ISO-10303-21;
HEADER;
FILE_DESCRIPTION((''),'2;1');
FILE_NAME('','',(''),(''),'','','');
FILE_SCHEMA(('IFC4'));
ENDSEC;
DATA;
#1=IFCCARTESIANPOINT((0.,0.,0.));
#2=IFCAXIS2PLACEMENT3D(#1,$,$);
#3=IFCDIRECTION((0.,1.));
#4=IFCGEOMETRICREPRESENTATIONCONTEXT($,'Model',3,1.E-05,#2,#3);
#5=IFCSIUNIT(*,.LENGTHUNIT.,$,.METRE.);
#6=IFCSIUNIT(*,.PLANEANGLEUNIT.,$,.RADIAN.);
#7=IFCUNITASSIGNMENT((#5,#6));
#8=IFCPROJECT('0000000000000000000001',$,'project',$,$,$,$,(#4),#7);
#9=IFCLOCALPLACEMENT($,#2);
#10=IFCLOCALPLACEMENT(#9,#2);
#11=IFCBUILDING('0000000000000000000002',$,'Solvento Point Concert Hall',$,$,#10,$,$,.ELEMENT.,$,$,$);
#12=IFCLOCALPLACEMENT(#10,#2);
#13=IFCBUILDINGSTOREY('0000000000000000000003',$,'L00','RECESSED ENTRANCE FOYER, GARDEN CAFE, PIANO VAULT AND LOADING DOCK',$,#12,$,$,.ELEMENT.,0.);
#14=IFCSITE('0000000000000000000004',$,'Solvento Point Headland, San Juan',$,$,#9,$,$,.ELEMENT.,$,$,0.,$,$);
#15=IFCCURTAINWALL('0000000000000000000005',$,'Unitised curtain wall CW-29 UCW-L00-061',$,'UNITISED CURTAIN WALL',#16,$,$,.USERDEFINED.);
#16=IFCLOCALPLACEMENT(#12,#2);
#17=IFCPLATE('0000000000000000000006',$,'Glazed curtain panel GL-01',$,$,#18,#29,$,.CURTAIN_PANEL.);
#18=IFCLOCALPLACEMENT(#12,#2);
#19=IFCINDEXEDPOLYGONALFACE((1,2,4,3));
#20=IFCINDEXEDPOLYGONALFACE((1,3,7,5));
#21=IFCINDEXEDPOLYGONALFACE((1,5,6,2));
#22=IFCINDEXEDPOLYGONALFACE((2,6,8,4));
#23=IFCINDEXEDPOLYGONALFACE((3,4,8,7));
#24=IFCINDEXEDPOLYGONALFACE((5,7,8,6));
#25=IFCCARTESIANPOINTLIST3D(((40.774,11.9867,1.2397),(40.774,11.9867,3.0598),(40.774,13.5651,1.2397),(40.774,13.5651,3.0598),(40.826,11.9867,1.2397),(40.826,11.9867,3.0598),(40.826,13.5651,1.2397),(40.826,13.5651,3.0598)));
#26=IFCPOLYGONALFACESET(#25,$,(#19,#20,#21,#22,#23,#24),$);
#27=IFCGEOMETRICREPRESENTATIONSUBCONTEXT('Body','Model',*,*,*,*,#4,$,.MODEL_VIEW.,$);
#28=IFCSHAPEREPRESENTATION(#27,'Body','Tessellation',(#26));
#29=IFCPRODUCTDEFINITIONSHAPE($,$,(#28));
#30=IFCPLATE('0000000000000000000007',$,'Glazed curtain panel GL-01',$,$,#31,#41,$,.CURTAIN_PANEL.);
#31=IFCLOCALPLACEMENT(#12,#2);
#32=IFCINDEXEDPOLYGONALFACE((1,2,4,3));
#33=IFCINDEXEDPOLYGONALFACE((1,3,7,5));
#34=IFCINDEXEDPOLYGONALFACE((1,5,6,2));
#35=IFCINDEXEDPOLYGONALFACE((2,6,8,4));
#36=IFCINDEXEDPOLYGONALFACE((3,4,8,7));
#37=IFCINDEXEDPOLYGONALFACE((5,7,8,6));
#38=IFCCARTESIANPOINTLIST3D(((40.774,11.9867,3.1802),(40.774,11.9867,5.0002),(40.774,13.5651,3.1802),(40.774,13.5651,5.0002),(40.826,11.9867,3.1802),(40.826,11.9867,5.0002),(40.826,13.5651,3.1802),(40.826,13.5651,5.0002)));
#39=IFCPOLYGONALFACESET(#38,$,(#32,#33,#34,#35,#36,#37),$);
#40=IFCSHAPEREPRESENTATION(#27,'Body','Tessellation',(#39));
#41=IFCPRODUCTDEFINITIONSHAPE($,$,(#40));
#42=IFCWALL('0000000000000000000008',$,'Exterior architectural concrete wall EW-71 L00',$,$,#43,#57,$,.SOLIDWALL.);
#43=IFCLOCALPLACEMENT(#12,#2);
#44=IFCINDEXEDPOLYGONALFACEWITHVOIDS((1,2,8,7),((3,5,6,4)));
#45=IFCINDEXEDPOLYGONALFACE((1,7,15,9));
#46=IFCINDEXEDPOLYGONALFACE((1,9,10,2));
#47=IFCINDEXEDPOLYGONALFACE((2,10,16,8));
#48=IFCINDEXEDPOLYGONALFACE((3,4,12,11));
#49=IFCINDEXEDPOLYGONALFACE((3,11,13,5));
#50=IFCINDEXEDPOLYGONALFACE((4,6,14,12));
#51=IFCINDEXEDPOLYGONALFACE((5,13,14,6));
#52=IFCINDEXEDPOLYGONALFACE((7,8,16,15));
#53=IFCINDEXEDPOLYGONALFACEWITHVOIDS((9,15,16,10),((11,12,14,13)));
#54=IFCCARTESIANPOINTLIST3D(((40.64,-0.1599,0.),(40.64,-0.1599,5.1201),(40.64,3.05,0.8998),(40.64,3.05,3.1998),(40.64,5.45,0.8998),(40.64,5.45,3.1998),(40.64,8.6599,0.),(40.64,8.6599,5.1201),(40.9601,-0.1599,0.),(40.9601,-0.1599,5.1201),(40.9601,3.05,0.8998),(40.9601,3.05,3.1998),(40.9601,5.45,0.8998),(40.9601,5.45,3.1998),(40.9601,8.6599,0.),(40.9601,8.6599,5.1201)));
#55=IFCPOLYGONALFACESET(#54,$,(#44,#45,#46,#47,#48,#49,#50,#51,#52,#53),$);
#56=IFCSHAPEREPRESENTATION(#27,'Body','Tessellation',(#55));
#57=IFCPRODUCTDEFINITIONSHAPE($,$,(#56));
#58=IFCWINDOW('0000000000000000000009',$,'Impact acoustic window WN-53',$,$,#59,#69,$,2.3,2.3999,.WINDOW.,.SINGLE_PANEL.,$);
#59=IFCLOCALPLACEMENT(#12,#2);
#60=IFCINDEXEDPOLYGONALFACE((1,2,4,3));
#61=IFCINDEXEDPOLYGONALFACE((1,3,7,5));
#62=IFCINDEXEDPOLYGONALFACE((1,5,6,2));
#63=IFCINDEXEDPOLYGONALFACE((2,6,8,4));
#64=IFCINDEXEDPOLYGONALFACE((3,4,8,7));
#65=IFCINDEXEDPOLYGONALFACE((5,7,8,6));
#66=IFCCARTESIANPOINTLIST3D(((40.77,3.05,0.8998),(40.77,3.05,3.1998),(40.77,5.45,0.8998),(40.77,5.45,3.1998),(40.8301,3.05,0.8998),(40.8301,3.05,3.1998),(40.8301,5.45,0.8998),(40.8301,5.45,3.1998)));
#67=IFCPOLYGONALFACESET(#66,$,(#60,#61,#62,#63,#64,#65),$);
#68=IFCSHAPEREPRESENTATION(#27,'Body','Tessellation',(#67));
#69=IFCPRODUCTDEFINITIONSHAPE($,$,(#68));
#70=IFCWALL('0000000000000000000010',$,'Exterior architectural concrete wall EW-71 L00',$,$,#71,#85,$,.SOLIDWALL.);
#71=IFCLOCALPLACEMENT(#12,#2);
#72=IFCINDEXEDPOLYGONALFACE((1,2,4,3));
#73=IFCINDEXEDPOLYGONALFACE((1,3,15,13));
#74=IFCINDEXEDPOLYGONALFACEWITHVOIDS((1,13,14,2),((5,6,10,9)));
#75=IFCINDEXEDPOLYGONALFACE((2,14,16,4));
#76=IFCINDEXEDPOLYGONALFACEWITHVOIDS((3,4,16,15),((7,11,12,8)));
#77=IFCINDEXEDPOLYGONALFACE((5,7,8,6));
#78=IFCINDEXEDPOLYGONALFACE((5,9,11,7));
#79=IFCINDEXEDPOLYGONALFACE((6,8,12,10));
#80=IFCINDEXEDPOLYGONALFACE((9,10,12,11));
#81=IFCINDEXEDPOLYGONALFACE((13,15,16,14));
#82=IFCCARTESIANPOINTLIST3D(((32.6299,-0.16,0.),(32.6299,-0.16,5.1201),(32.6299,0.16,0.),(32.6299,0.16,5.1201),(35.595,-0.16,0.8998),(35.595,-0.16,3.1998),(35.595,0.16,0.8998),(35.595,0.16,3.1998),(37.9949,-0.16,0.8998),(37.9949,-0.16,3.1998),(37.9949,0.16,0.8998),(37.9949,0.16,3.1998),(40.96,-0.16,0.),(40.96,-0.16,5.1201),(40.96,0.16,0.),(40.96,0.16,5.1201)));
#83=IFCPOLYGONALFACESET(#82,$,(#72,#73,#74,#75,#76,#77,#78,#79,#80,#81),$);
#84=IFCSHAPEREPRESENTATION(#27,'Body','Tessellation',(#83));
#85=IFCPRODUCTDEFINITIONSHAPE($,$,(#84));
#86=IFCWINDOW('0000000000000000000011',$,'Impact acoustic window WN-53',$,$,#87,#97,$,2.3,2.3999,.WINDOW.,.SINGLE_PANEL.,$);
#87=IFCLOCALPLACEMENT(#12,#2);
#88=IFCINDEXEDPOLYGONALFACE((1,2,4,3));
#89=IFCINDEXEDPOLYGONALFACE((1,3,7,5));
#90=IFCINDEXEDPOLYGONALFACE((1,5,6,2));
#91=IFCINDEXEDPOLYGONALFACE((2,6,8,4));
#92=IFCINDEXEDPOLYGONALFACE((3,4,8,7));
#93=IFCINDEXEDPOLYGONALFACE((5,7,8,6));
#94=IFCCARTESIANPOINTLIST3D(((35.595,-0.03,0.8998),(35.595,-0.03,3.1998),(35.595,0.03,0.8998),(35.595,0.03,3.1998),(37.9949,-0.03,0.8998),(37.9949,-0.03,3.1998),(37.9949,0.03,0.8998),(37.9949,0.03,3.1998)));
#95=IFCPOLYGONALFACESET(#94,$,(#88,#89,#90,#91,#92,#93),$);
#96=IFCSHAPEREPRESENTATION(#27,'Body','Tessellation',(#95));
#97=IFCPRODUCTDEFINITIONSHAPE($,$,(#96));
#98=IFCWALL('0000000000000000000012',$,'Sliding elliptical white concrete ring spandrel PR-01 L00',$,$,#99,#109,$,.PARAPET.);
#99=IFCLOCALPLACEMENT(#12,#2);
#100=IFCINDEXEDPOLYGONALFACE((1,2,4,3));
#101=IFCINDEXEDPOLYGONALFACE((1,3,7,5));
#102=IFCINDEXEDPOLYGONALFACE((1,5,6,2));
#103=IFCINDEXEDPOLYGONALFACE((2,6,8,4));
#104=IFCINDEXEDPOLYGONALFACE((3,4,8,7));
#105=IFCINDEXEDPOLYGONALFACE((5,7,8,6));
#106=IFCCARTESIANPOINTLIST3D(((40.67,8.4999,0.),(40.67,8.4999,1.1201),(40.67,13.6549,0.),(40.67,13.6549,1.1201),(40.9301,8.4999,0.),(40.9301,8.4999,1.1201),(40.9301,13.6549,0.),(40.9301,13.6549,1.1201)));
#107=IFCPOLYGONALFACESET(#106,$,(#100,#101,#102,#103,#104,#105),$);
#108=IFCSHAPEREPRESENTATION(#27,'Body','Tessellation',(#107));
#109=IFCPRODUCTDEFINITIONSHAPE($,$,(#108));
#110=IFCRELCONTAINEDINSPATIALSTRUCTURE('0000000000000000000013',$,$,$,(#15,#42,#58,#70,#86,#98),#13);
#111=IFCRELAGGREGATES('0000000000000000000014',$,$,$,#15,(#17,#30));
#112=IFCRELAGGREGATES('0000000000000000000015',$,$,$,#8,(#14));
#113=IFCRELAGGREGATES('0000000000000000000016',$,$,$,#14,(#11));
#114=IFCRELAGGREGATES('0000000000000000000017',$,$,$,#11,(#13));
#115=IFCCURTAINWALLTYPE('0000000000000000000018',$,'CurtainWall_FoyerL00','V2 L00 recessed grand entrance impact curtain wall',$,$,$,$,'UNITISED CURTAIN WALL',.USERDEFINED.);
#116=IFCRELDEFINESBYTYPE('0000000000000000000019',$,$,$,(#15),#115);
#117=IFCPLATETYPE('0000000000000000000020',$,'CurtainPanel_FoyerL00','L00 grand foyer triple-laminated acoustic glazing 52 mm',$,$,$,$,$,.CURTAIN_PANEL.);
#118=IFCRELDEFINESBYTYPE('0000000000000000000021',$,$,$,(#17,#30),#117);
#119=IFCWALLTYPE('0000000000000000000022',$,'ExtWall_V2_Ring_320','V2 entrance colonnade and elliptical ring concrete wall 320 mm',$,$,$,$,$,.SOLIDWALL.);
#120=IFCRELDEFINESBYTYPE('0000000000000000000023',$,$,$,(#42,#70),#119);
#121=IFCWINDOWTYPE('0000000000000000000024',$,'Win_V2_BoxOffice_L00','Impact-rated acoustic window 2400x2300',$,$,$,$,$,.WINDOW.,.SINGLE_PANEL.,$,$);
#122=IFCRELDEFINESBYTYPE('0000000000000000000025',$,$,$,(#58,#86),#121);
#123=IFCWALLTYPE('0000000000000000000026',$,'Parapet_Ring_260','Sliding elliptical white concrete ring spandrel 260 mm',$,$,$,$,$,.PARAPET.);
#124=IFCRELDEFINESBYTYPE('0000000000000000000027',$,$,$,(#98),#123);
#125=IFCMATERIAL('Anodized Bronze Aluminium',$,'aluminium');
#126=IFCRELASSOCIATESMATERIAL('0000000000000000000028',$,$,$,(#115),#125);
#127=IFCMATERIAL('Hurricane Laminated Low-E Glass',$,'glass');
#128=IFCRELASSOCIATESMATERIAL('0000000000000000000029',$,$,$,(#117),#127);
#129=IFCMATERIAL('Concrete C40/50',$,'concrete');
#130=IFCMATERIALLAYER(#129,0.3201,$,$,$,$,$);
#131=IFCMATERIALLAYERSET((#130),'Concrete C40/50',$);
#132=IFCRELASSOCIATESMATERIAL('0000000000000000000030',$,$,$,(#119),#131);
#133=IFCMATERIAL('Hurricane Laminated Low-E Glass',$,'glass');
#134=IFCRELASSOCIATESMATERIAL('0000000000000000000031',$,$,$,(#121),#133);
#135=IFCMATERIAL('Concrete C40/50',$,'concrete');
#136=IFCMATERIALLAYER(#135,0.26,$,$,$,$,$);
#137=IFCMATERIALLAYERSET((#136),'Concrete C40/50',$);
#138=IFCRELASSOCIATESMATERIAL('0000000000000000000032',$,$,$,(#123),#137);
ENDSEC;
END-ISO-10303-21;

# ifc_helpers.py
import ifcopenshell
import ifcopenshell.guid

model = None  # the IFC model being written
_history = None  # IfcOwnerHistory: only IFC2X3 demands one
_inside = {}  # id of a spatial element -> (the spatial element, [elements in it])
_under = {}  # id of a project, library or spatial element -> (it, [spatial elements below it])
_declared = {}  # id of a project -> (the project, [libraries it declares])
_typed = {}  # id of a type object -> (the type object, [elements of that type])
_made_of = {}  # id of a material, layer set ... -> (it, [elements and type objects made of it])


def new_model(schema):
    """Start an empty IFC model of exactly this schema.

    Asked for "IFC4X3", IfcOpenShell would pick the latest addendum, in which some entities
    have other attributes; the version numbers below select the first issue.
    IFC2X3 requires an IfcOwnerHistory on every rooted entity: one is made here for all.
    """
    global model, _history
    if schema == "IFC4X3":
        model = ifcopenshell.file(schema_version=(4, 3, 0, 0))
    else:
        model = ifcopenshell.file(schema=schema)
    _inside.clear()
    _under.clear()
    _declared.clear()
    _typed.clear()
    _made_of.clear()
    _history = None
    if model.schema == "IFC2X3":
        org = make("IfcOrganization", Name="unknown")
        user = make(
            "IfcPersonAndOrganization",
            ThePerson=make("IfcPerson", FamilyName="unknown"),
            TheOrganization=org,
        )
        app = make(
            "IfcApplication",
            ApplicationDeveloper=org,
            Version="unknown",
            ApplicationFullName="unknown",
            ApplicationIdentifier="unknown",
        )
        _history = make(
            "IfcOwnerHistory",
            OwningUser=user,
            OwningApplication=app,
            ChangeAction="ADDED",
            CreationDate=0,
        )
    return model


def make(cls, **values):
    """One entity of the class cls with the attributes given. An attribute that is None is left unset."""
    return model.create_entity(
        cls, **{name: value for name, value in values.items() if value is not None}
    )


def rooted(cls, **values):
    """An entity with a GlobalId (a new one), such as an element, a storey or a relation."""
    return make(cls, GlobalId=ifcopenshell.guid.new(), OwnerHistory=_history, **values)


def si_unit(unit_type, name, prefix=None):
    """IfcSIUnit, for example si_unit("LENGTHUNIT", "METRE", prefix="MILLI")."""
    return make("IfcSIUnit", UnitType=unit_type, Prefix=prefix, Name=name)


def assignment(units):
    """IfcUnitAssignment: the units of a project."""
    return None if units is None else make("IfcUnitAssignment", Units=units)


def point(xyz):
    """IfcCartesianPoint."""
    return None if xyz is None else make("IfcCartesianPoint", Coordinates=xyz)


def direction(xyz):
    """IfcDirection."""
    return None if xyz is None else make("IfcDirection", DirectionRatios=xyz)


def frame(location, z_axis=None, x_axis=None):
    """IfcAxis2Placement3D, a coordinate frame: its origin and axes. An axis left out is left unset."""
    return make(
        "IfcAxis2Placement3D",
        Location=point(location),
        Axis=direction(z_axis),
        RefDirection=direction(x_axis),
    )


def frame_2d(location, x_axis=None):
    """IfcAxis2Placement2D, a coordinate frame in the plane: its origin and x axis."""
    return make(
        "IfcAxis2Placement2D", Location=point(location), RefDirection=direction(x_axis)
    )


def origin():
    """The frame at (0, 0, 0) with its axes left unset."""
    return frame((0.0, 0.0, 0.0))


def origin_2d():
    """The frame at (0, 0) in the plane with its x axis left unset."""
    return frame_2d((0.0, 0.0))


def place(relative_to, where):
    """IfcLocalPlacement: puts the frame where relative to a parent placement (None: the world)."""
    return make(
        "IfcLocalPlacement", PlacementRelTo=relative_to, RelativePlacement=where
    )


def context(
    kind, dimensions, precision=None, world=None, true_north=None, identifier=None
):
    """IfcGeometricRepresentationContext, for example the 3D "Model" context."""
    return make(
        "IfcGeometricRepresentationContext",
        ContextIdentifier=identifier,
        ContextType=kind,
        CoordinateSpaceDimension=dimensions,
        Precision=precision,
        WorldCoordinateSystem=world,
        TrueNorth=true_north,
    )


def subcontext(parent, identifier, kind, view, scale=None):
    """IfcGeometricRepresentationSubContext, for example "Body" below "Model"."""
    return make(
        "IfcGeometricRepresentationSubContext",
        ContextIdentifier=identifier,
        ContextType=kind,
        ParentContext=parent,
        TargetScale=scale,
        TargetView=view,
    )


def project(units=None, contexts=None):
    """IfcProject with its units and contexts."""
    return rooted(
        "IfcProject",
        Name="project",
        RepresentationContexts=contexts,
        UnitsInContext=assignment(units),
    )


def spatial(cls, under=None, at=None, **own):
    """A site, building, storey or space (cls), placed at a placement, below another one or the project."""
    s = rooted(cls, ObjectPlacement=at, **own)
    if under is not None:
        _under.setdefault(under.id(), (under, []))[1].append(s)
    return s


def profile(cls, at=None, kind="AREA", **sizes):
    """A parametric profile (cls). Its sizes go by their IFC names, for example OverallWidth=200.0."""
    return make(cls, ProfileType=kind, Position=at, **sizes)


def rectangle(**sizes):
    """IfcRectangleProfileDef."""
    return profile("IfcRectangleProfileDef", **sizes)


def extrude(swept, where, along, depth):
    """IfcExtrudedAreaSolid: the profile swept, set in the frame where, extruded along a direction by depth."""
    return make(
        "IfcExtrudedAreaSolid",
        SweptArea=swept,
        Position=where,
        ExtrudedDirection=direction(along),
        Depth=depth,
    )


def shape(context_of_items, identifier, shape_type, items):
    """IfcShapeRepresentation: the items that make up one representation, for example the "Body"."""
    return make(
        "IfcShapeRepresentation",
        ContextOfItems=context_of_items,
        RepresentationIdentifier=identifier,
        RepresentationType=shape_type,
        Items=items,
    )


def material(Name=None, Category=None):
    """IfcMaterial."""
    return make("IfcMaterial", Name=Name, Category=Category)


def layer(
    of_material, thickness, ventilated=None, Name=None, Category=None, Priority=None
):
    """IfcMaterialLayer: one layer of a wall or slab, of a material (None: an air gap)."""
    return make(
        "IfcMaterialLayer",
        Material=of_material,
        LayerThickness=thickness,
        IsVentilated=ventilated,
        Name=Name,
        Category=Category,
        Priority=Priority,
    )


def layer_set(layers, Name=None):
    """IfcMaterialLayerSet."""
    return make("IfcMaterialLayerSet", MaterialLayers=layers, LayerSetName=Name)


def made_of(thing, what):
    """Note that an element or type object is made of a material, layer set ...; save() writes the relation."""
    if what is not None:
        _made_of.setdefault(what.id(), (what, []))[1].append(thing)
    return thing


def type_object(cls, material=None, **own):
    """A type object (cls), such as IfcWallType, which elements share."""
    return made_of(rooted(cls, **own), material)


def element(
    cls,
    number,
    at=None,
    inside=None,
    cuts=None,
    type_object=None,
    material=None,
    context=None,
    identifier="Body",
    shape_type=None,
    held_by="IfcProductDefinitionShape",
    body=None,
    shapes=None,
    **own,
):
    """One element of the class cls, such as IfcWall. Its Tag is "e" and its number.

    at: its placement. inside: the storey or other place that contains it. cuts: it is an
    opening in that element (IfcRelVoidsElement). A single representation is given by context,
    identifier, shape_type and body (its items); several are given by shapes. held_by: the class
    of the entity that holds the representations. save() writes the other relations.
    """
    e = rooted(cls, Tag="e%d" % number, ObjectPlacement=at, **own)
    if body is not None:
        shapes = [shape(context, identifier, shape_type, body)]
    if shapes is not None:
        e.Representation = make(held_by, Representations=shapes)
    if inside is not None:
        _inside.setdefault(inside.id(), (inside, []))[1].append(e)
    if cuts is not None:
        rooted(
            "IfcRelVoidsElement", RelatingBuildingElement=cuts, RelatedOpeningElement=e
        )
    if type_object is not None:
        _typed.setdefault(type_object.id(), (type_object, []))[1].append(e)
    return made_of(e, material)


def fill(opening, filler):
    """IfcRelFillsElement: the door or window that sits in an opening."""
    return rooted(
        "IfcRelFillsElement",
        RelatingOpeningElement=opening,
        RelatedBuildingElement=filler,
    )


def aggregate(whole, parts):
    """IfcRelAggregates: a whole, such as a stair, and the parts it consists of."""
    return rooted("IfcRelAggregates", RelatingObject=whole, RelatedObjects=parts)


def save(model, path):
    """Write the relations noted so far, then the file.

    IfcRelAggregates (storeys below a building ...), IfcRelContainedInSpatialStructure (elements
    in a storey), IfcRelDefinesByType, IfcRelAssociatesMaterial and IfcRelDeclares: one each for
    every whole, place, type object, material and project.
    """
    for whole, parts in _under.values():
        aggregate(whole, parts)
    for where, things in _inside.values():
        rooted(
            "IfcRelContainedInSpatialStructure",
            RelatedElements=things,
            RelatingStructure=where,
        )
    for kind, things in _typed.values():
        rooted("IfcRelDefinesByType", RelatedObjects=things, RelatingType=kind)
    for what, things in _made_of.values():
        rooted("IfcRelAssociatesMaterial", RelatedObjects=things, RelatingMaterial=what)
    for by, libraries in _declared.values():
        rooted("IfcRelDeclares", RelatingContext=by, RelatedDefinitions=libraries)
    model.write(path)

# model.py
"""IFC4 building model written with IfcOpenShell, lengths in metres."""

from ifc_helpers import new_model, si_unit, direction, frame, frame_2d, origin, origin_2d, place, context, subcontext, project, spatial, rectangle, extrude, material, layer, layer_set, type_object, element, fill, aggregate, save


model = new_model("IFC4")

# Units and contexts
model_context = context("Model", 3, precision=1e-05, world=origin(), true_north=direction((0.0, 1.0)))
body_context = subcontext(model_context, "Body", "Model", "MODEL_VIEW")
ifc_project = project(units=[si_unit("LENGTHUNIT", "METRE"), si_unit("PLANEANGLEUNIT", "RADIAN")], contexts=[model_context])

# Site, building, storey
site_placement = place(None, origin())
site = spatial("IfcSite", under=ifc_project, at=site_placement, Name="Solvento Point Headland, San Juan", CompositionType="ELEMENT", RefElevation=0.0)
building_placement = place(site_placement, origin())
building = spatial("IfcBuilding", under=site, at=building_placement, Name="Solvento Point Concert Hall", CompositionType="ELEMENT")
storey_placement = place(building_placement, origin())
storey = spatial("IfcBuildingStorey", under=building, at=storey_placement, Name="L00", Description="RECESSED ENTRANCE FOYER, GARDEN CAFE, PIANO VAULT AND LOADING DOCK", CompositionType="ELEMENT", Elevation=0.0)

# Curtain wall
ifc_material_1 = material(Name="Anodized Bronze Aluminium", Category="aluminium")
curtain_wall_type = type_object("IfcCurtainWallType", Name="CurtainWall_FoyerL00", Description="V2 L00 recessed grand entrance impact curtain wall", ElementType="UNITISED CURTAIN WALL", PredefinedType="USERDEFINED", material=ifc_material_1)
curtain_wall_1_placement = place(storey_placement, origin())
curtain_wall_1 = element("IfcCurtainWall", 1, at=curtain_wall_1_placement, inside=storey, type_object=curtain_wall_type, Name="Unitised curtain wall CW-29 UCW-L00-061", ObjectType="UNITISED CURTAIN WALL", PredefinedType="USERDEFINED")

# Shared definitions
ifc_material_2 = material(Name="Hurricane Laminated Low-E Glass", Category="glass")
plate_type = type_object("IfcPlateType", Name="CurtainPanel_FoyerL00", Description="L00 grand foyer triple-laminated acoustic glazing 52 mm", PredefinedType="CURTAIN_PANEL", material=ifc_material_2)

# Plates
plate_1_placement = place(storey_placement, frame((40.8, 12.7759, 1.2397), z_axis=(0.0, 0.0, 1.0), x_axis=(0.0, 1.0, 0.0)))
plate_1 = element("IfcPlate", 2, at=plate_1_placement, type_object=plate_type, Name="Glazed curtain panel GL-01", PredefinedType="CURTAIN_PANEL", context=body_context, shape_type="SweptSolid", body=[
    extrude(rectangle(XDim=1.5784, YDim=0.052, at=origin_2d()), origin(), (0.0, 0.0, 1.0), 1.8201),
])
plate_2_placement = place(storey_placement, frame((40.8, 12.7759, 3.1802), z_axis=(0.0, 0.0, 1.0), x_axis=(0.0, 1.0, 0.0)))
plate_2 = element("IfcPlate", 3, at=plate_2_placement, type_object=plate_type, Name="Glazed curtain panel GL-01", PredefinedType="CURTAIN_PANEL", context=body_context, shape_type="SweptSolid", body=[
    extrude(rectangle(XDim=1.5784, YDim=0.052, at=origin_2d()), origin(), (0.0, 0.0, 1.0), 1.8201),
])
aggregate(curtain_wall_1, [plate_1, plate_2])

# Walls, openings, windows
ifc_material_3 = material(Name="Concrete C40/50", Category="concrete")
ifc_layer_1 = layer(ifc_material_3, 0.3201)
ifc_layer_set_1 = layer_set([ifc_layer_1], Name="Concrete C40/50")
wall_type_1 = type_object("IfcWallType", Name="ExtWall_V2_Ring_320", Description="V2 entrance colonnade and elliptical ring concrete wall 320 mm", PredefinedType="SOLIDWALL", material=ifc_layer_set_1)
wall_1_placement = place(storey_placement, frame((40.8, 8.6599, 0.0), z_axis=(0.0, 0.0, 1.0), x_axis=(0.0, -1.0, 0.0)))
wall_1 = element("IfcWall", 4, at=wall_1_placement, inside=storey, type_object=wall_type_1, Name="Exterior architectural concrete wall EW-71 L00", PredefinedType="SOLIDWALL", context=body_context, shape_type="SweptSolid", body=[
    extrude(rectangle(XDim=8.8198, YDim=0.3201, at=frame_2d((4.4099, 0.0))), origin(), (0.0, 0.0, 1.0), 5.1201),
])
opening_1_placement = place(wall_1_placement, frame((3.21, 0.0, 0.8999)))
opening_1 = element("IfcOpeningElement", 5, at=opening_1_placement, cuts=wall_1, PredefinedType="OPENING", context=body_context, shape_type="SweptSolid", body=[
    extrude(rectangle(XDim=2.3999, YDim=2.3, at=frame_2d((1.2, 1.1499))), frame((0.0, 0.1699, 0.0), z_axis=(0.0, -1.0, 0.0), x_axis=(1.0, 0.0, 0.0)), (0.0, 0.0, 1.0), 0.3401),
])
ifc_material_4 = material(Name="Hurricane Laminated Low-E Glass", Category="glass")
window_type = type_object("IfcWindowType", Name="Win_V2_BoxOffice_L00", Description="Impact-rated acoustic window 2400x2300", PartitioningType="SINGLE_PANEL", PredefinedType="WINDOW", material=ifc_material_4)
window_1_placement = place(opening_1_placement, origin())
window_1 = element("IfcWindow", 6, at=window_1_placement, inside=storey, type_object=window_type, Name="Impact acoustic window WN-53", OverallHeight=2.3, OverallWidth=2.3999, PartitioningType="SINGLE_PANEL", PredefinedType="WINDOW", context=body_context, shape_type="SweptSolid", body=[
    extrude(rectangle(XDim=2.3999, YDim=2.3, at=frame_2d((1.2, 1.1499))), frame((0.0, 0.03, 0.0), z_axis=(0.0, -1.0, 0.0), x_axis=(1.0, 0.0, 0.0)), (0.0, 0.0, 1.0), 0.0601),
])
fill(opening_1, window_1)
wall_2_placement = place(storey_placement, frame((40.96, 0.0, 0.0), z_axis=(0.0, 0.0, 1.0), x_axis=(-1.0, 0.0, 0.0)))
wall_2 = element("IfcWall", 7, at=wall_2_placement, inside=storey, type_object=wall_type_1, Name="Exterior architectural concrete wall EW-71 L00", PredefinedType="SOLIDWALL", context=body_context, shape_type="SweptSolid", body=[
    extrude(rectangle(XDim=8.3301, YDim=0.3201, at=frame_2d((4.165, 0.0))), origin(), (0.0, 0.0, 1.0), 5.1201),
])
opening_2_placement = place(wall_2_placement, frame((2.9651, 0.0, 0.8999)))
opening_2 = element("IfcOpeningElement", 8, at=opening_2_placement, cuts=wall_2, PredefinedType="OPENING", context=body_context, shape_type="SweptSolid", body=[
    extrude(rectangle(XDim=2.3999, YDim=2.3, at=frame_2d((1.2, 1.1499))), frame((0.0, 0.1699, 0.0), z_axis=(0.0, -1.0, 0.0), x_axis=(1.0, 0.0, 0.0)), (0.0, 0.0, 1.0), 0.3401),
])
window_2_placement = place(opening_2_placement, origin())
window_2 = element("IfcWindow", 9, at=window_2_placement, inside=storey, type_object=window_type, Name="Impact acoustic window WN-53", OverallHeight=2.3, OverallWidth=2.3999, PartitioningType="SINGLE_PANEL", PredefinedType="WINDOW", context=body_context, shape_type="SweptSolid", body=[
    extrude(rectangle(XDim=2.3999, YDim=2.3, at=frame_2d((1.2, 1.1499))), frame((0.0, 0.03, 0.0), z_axis=(0.0, -1.0, 0.0), x_axis=(1.0, 0.0, 0.0)), (0.0, 0.0, 1.0), 0.0601),
])
fill(opening_2, window_2)

# Wall
ifc_material_5 = material(Name="Concrete C40/50", Category="concrete")
ifc_layer_2 = layer(ifc_material_5, 0.26)
ifc_layer_set_2 = layer_set([ifc_layer_2], Name="Concrete C40/50")
wall_type_2 = type_object("IfcWallType", Name="Parapet_Ring_260", Description="Sliding elliptical white concrete ring spandrel 260 mm", PredefinedType="PARAPET", material=ifc_layer_set_2)
wall_3_placement = place(storey_placement, frame((40.8, 13.655, 0.0), z_axis=(0.0, 0.0, 1.0), x_axis=(0.0, -1.0, 0.0)))
element("IfcWall", 10, at=wall_3_placement, inside=storey, type_object=wall_type_2, Name="Sliding elliptical white concrete ring spandrel PR-01 L00", PredefinedType="PARAPET", context=body_context, shape_type="SweptSolid", body=[
    extrude(rectangle(XDim=5.155, YDim=0.26, at=frame_2d((2.5776, 0.0))), origin(), (0.0, 0.0, 1.0), 1.1201),
])

save(model, "model.ifc")
